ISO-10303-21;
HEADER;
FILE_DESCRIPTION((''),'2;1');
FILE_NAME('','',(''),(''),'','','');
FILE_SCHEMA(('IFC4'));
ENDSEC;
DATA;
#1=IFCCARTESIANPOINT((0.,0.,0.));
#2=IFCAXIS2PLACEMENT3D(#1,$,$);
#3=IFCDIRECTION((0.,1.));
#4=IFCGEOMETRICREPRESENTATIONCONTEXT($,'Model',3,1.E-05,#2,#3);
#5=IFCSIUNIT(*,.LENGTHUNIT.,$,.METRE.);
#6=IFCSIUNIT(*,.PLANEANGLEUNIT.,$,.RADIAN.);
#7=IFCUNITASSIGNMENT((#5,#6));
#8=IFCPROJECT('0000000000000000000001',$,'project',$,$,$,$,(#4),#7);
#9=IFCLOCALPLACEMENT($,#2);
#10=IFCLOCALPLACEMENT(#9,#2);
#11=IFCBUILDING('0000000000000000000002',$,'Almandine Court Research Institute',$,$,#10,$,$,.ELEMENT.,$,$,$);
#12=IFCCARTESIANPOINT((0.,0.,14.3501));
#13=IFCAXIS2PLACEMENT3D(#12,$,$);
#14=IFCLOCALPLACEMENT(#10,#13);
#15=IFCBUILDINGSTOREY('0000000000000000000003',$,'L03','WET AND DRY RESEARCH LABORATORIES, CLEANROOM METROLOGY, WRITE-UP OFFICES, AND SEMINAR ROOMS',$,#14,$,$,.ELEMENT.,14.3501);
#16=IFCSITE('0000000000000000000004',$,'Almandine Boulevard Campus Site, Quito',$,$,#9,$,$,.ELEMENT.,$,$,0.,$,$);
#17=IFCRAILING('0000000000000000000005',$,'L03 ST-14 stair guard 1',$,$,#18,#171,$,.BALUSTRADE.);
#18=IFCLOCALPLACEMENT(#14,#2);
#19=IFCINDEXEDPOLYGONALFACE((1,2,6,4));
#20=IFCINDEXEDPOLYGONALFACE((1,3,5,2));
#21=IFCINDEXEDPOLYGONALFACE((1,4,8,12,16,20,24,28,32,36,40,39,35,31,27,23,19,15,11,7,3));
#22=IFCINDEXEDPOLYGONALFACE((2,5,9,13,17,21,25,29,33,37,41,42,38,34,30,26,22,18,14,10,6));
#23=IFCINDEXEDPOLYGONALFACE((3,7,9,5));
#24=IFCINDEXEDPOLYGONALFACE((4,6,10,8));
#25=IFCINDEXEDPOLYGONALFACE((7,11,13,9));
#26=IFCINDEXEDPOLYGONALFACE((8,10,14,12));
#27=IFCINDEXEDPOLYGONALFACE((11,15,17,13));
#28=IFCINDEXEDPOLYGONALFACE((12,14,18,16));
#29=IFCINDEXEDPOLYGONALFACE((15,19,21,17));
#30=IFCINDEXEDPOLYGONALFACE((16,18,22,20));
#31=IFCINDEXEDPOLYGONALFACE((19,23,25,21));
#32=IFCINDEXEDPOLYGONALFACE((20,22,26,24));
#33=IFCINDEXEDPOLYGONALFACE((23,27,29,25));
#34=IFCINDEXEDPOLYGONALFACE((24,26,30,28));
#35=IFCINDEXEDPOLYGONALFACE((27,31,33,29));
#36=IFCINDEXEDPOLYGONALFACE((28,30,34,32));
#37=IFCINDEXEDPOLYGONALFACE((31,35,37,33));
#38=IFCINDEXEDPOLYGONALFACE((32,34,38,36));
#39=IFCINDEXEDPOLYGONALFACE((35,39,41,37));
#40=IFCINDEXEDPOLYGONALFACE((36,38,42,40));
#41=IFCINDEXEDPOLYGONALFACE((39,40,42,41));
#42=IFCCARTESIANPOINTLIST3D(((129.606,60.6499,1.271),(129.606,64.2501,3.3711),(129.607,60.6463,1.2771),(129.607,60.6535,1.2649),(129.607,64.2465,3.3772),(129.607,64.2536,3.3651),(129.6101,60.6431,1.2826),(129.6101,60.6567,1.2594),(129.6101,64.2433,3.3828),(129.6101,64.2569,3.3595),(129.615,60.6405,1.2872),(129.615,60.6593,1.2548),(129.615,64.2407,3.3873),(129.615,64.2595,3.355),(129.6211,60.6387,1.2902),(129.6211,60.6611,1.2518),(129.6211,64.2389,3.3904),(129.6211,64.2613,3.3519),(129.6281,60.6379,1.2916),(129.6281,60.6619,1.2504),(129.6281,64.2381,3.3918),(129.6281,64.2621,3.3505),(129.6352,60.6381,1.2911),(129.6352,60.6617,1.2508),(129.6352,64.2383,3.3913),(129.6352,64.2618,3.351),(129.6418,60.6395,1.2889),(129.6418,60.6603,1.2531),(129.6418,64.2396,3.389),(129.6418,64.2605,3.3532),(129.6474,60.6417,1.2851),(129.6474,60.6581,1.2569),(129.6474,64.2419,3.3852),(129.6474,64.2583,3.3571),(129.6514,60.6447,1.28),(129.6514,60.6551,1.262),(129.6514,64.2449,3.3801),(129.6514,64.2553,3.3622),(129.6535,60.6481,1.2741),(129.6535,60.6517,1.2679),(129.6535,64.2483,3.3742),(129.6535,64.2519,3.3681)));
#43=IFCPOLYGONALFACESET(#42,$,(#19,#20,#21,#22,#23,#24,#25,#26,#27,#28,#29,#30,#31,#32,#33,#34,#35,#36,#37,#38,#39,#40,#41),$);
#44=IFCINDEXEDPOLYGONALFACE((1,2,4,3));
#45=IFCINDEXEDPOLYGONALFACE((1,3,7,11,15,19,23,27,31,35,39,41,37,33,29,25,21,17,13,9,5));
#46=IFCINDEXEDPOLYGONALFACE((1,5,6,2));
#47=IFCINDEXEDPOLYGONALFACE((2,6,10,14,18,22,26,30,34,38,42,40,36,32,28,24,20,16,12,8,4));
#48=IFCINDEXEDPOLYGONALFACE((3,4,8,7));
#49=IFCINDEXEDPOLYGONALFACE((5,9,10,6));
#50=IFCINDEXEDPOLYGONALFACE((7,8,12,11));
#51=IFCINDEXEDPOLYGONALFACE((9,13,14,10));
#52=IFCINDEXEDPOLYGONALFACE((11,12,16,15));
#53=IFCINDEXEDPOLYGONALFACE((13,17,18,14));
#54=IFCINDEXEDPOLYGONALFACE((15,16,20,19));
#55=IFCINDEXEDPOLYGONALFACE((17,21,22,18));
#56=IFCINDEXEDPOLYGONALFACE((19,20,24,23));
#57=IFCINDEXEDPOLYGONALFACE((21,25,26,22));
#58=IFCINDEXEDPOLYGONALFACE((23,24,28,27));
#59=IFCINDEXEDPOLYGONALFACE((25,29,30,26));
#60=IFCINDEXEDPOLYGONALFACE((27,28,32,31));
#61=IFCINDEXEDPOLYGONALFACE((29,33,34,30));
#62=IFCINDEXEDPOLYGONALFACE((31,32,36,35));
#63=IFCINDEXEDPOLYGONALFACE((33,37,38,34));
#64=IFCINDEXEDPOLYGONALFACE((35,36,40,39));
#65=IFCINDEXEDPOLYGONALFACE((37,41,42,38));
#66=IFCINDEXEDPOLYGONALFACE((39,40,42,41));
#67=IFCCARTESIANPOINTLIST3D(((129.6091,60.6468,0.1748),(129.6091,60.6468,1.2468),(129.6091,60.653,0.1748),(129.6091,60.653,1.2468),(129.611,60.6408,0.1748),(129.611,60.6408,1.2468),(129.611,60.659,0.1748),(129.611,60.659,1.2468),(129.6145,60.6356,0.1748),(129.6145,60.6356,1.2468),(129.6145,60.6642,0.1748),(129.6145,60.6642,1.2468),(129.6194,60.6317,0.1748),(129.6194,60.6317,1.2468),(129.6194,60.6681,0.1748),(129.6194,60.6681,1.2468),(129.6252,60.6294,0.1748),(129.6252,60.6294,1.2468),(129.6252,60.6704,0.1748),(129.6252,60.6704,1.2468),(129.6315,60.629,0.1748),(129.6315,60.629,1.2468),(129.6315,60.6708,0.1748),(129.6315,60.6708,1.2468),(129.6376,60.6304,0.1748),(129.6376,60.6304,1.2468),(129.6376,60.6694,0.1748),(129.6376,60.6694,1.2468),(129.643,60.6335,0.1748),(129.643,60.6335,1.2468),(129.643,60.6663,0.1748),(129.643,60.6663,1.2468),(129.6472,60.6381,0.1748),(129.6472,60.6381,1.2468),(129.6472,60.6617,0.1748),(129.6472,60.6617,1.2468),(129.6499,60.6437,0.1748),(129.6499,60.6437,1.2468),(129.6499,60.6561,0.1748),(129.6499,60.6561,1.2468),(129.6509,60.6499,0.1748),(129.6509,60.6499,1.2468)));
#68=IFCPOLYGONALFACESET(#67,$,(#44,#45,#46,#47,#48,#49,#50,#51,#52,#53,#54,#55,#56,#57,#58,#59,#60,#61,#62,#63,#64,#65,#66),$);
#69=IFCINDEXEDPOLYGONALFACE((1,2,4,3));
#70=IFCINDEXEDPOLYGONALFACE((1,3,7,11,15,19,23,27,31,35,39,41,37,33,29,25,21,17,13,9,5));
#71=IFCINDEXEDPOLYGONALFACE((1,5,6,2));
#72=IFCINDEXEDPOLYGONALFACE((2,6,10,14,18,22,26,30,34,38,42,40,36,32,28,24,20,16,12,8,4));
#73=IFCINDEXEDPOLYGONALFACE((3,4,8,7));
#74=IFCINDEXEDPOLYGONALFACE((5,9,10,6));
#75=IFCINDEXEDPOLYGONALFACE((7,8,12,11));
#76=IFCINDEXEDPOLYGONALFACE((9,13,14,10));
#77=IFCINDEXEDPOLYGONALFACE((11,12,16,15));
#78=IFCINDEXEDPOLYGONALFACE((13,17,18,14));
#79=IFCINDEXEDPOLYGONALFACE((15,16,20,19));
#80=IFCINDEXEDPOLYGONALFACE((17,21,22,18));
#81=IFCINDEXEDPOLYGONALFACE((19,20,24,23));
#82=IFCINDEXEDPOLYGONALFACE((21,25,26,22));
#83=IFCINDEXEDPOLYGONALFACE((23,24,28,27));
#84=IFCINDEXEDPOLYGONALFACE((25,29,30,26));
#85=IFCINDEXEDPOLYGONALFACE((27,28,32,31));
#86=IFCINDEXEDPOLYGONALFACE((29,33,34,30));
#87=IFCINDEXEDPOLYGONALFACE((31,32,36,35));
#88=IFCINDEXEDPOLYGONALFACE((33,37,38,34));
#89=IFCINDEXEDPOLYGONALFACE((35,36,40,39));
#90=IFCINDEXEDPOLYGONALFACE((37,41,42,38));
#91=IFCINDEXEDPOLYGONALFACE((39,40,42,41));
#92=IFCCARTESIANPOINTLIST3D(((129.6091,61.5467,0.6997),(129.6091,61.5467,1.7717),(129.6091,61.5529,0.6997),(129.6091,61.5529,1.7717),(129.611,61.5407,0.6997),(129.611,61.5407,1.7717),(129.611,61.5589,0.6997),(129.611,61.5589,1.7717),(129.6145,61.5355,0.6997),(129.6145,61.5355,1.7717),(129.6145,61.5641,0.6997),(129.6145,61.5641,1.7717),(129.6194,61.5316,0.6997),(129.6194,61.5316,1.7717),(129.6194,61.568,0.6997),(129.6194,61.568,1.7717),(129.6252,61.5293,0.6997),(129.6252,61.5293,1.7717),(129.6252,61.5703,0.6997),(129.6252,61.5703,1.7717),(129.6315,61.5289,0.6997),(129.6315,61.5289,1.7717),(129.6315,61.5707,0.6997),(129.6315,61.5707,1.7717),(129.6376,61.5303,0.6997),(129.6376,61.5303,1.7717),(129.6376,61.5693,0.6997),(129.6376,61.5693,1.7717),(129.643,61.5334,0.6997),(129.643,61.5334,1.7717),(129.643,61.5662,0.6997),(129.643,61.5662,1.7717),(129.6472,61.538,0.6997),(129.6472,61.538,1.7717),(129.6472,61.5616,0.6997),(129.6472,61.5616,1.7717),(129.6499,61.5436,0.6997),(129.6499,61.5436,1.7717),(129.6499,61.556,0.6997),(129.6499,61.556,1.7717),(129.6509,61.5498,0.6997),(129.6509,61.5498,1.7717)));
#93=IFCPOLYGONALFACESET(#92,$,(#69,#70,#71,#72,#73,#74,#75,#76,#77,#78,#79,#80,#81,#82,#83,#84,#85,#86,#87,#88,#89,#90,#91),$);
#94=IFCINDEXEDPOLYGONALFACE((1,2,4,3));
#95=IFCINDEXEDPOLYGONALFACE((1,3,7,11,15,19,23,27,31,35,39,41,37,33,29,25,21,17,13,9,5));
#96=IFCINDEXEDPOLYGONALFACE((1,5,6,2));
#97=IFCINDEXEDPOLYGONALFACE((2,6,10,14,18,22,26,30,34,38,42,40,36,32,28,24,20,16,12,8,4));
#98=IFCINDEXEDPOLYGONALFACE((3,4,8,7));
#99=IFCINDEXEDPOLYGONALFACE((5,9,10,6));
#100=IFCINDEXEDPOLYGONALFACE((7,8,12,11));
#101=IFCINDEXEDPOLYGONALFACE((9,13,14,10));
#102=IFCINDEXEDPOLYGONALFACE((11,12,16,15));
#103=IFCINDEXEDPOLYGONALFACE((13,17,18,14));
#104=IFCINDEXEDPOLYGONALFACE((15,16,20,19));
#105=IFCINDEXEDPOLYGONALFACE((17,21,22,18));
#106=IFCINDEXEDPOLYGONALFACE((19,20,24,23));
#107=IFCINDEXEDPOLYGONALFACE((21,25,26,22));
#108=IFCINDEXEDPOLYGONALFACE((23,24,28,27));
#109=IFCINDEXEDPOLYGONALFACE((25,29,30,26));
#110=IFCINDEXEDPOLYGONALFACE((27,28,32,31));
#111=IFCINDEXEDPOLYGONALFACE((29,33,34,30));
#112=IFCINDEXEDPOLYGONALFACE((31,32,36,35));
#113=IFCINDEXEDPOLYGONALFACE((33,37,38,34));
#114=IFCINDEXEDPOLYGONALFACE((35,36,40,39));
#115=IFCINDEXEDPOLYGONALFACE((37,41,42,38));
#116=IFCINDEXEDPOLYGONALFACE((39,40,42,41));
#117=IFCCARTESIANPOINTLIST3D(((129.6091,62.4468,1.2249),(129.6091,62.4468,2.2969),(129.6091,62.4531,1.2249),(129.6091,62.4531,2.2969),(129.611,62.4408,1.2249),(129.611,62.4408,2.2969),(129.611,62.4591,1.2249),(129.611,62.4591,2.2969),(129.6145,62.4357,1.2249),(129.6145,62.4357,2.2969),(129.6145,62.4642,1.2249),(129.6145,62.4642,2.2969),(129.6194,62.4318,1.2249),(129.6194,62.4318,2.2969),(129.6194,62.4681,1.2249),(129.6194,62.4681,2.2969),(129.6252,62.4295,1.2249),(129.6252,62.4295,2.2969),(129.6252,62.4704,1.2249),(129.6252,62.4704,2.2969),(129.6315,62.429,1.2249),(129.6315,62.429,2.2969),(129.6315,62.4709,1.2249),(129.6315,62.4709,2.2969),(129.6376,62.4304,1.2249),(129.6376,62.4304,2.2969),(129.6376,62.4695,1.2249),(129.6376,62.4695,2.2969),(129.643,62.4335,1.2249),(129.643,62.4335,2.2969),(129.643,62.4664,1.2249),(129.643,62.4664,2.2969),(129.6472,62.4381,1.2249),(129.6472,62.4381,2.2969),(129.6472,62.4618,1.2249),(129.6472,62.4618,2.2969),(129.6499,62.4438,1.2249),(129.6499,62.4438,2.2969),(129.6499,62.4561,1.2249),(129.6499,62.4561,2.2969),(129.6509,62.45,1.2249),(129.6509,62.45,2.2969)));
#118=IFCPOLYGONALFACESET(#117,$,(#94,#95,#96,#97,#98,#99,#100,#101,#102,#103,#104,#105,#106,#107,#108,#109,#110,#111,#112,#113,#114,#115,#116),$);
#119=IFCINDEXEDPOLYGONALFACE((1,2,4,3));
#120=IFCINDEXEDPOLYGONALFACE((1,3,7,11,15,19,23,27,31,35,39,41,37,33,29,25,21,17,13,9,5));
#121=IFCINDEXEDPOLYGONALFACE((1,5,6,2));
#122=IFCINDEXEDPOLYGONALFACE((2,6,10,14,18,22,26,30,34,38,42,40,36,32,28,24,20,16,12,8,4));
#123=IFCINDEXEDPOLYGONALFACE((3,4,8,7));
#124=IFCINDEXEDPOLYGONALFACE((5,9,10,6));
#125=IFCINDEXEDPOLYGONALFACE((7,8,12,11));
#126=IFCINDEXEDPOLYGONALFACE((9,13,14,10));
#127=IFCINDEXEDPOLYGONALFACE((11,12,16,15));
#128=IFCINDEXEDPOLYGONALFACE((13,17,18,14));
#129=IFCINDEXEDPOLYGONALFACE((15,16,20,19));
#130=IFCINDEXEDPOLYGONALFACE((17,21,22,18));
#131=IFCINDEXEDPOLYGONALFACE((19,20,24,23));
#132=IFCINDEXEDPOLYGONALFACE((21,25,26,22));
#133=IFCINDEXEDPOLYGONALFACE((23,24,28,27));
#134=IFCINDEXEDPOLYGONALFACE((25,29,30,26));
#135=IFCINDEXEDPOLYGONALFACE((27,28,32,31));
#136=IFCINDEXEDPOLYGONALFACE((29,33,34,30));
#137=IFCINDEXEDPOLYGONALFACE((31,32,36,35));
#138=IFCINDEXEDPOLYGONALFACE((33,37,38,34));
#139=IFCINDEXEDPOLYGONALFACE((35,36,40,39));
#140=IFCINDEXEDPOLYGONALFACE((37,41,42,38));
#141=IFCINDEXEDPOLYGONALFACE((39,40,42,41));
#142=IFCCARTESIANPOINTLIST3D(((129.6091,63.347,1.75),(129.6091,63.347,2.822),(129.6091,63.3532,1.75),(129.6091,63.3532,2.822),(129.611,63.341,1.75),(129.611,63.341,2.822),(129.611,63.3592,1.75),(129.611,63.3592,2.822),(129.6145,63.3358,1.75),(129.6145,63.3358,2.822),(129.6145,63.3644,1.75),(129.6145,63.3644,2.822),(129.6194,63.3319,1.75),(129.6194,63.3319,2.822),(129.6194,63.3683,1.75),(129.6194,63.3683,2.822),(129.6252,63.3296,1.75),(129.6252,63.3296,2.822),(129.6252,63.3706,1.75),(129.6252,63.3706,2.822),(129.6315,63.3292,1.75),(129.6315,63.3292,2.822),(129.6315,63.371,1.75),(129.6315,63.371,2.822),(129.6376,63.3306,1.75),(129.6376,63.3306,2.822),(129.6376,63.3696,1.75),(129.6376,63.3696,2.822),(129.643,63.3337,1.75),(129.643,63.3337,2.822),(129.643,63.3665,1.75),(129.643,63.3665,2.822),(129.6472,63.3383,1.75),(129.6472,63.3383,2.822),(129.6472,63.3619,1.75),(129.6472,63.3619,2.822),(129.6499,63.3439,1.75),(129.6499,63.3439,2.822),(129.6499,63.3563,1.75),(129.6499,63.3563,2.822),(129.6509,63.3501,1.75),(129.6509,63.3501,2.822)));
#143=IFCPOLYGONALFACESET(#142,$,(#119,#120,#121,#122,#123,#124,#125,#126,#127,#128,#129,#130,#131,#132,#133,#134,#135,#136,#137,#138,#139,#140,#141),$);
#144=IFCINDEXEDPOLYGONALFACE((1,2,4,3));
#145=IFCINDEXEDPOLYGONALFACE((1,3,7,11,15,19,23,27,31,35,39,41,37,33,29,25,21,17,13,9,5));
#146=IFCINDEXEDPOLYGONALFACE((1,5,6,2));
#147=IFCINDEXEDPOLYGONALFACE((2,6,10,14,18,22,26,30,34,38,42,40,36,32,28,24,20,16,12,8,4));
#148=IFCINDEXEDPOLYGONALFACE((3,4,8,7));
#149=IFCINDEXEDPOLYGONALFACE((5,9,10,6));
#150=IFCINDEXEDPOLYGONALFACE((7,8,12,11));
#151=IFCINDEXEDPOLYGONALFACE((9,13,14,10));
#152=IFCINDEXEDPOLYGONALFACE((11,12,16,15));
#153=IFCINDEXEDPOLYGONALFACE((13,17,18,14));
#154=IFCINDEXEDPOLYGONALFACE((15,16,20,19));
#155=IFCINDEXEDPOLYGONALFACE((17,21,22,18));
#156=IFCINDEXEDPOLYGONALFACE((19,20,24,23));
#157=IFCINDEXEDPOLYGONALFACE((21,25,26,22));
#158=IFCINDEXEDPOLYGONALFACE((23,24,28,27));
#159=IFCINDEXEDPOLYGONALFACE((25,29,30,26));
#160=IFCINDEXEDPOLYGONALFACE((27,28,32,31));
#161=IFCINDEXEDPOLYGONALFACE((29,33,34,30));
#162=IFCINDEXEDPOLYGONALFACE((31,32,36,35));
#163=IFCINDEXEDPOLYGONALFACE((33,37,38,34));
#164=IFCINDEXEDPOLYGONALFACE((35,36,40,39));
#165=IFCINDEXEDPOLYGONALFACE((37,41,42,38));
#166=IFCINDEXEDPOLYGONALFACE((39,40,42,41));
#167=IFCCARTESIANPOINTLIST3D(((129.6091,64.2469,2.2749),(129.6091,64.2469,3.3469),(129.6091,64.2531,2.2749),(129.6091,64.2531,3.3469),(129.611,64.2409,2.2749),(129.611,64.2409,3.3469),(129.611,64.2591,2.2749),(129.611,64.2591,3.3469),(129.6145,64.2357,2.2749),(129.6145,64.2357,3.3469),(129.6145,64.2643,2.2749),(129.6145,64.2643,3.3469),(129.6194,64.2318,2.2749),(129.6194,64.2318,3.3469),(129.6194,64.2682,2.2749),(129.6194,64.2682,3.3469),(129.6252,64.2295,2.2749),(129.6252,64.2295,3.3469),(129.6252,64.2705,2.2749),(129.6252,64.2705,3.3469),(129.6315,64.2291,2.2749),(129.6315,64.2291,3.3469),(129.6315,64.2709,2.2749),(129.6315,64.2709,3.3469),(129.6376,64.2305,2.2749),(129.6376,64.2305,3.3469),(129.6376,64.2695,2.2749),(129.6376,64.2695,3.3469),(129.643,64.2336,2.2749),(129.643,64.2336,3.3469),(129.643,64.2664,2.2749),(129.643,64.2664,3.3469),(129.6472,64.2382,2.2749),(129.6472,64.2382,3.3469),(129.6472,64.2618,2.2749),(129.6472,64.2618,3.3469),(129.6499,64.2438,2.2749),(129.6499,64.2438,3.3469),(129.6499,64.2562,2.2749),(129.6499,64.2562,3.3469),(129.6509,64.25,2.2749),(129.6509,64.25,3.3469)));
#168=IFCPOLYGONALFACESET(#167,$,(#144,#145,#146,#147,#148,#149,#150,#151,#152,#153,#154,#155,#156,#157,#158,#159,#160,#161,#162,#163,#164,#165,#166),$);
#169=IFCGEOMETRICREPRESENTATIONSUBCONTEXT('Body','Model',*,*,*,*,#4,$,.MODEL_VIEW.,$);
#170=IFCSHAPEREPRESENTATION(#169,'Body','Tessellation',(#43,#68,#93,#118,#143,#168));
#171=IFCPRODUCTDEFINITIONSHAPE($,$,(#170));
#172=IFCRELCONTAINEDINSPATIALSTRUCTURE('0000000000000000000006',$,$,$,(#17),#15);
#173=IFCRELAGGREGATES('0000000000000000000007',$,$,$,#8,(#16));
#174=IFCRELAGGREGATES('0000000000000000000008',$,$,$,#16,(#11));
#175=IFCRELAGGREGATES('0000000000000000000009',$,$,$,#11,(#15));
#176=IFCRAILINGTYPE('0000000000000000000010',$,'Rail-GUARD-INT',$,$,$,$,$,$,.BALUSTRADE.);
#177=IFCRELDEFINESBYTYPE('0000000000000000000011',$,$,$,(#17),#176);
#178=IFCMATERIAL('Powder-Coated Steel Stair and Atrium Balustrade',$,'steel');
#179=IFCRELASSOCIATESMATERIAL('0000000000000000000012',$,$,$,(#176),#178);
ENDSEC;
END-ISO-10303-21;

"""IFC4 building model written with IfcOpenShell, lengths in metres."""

from ifc_helpers import new_model, si_unit, direction, frame, origin, origin_2d, place, context, subcontext, project, spatial, circle, extrude, material, type_object, element, save


model = new_model("IFC4")

# Units and contexts
model_context = context("Model", 3, precision=1e-05, world=origin(), true_north=direction((0.0, 1.0)))
body_context = subcontext(model_context, "Body", "Model", "MODEL_VIEW")
ifc_project = project(units=[si_unit("LENGTHUNIT", "METRE"), si_unit("PLANEANGLEUNIT", "RADIAN")], contexts=[model_context])

# Site, building, storey
site_placement = place(None, origin())
site = spatial("IfcSite", under=ifc_project, at=site_placement, Name="Almandine Boulevard Campus Site, Quito", CompositionType="ELEMENT", RefElevation=0.0)
building_placement = place(site_placement, origin())
building = spatial("IfcBuilding", under=site, at=building_placement, Name="Almandine Court Research Institute", CompositionType="ELEMENT")
storey_placement = place(building_placement, frame((0.0, 0.0, 14.3501)))
storey = spatial("IfcBuildingStorey", under=building, at=storey_placement, Name="L03", Description="WET AND DRY RESEARCH LABORATORIES, CLEANROOM METROLOGY, WRITE-UP OFFICES, AND SEMINAR ROOMS", CompositionType="ELEMENT", Elevation=14.3501)

# Railing
ifc_material_1 = material(Name="Powder-Coated Steel Stair and Atrium Balustrade", Category="steel")
railing_type_1 = type_object("IfcRailingType", Name="Rail-GUARD-INT", PredefinedType="BALUSTRADE", material=ifc_material_1)
railing_1_placement = place(storey_placement, frame((129.6299, 60.6499, 0.1748)))
element("IfcRailing", 1, at=railing_1_placement, inside=storey, type_object=railing_type_1, Name="L03 ST-14 stair guard 1", PredefinedType="BALUSTRADE", context=body_context, shape_type="SweptSolid", body=[
    extrude(circle(Radius=0.0239, at=origin_2d()), frame((0.0, 0.0, 1.0962), z_axis=(0.0, 0.863775, 0.503878), x_axis=(-1.0, 0.0, 0.0)), (0.0, 0.0, 1.0), 4.168),
    extrude(circle(Radius=0.021, at=origin_2d()), origin(), (0.0, 0.0, 1.0), 1.072),
    extrude(circle(Radius=0.021, at=origin_2d()), frame((0.0, 0.8999, 0.5249)), (0.0, 0.0, 1.0), 1.072),
    extrude(circle(Radius=0.021, at=origin_2d()), frame((0.0, 1.8, 1.05)), (0.0, 0.0, 1.0), 1.072),
    extrude(circle(Radius=0.021, at=origin_2d()), frame((0.0, 2.7002, 1.5752)), (0.0, 0.0, 1.0), 1.072),
    extrude(circle(Radius=0.021, at=origin_2d()), frame((0.0, 3.6001, 2.1001)), (0.0, 0.0, 1.0), 1.072),
])

save(model, "model.ifc")
